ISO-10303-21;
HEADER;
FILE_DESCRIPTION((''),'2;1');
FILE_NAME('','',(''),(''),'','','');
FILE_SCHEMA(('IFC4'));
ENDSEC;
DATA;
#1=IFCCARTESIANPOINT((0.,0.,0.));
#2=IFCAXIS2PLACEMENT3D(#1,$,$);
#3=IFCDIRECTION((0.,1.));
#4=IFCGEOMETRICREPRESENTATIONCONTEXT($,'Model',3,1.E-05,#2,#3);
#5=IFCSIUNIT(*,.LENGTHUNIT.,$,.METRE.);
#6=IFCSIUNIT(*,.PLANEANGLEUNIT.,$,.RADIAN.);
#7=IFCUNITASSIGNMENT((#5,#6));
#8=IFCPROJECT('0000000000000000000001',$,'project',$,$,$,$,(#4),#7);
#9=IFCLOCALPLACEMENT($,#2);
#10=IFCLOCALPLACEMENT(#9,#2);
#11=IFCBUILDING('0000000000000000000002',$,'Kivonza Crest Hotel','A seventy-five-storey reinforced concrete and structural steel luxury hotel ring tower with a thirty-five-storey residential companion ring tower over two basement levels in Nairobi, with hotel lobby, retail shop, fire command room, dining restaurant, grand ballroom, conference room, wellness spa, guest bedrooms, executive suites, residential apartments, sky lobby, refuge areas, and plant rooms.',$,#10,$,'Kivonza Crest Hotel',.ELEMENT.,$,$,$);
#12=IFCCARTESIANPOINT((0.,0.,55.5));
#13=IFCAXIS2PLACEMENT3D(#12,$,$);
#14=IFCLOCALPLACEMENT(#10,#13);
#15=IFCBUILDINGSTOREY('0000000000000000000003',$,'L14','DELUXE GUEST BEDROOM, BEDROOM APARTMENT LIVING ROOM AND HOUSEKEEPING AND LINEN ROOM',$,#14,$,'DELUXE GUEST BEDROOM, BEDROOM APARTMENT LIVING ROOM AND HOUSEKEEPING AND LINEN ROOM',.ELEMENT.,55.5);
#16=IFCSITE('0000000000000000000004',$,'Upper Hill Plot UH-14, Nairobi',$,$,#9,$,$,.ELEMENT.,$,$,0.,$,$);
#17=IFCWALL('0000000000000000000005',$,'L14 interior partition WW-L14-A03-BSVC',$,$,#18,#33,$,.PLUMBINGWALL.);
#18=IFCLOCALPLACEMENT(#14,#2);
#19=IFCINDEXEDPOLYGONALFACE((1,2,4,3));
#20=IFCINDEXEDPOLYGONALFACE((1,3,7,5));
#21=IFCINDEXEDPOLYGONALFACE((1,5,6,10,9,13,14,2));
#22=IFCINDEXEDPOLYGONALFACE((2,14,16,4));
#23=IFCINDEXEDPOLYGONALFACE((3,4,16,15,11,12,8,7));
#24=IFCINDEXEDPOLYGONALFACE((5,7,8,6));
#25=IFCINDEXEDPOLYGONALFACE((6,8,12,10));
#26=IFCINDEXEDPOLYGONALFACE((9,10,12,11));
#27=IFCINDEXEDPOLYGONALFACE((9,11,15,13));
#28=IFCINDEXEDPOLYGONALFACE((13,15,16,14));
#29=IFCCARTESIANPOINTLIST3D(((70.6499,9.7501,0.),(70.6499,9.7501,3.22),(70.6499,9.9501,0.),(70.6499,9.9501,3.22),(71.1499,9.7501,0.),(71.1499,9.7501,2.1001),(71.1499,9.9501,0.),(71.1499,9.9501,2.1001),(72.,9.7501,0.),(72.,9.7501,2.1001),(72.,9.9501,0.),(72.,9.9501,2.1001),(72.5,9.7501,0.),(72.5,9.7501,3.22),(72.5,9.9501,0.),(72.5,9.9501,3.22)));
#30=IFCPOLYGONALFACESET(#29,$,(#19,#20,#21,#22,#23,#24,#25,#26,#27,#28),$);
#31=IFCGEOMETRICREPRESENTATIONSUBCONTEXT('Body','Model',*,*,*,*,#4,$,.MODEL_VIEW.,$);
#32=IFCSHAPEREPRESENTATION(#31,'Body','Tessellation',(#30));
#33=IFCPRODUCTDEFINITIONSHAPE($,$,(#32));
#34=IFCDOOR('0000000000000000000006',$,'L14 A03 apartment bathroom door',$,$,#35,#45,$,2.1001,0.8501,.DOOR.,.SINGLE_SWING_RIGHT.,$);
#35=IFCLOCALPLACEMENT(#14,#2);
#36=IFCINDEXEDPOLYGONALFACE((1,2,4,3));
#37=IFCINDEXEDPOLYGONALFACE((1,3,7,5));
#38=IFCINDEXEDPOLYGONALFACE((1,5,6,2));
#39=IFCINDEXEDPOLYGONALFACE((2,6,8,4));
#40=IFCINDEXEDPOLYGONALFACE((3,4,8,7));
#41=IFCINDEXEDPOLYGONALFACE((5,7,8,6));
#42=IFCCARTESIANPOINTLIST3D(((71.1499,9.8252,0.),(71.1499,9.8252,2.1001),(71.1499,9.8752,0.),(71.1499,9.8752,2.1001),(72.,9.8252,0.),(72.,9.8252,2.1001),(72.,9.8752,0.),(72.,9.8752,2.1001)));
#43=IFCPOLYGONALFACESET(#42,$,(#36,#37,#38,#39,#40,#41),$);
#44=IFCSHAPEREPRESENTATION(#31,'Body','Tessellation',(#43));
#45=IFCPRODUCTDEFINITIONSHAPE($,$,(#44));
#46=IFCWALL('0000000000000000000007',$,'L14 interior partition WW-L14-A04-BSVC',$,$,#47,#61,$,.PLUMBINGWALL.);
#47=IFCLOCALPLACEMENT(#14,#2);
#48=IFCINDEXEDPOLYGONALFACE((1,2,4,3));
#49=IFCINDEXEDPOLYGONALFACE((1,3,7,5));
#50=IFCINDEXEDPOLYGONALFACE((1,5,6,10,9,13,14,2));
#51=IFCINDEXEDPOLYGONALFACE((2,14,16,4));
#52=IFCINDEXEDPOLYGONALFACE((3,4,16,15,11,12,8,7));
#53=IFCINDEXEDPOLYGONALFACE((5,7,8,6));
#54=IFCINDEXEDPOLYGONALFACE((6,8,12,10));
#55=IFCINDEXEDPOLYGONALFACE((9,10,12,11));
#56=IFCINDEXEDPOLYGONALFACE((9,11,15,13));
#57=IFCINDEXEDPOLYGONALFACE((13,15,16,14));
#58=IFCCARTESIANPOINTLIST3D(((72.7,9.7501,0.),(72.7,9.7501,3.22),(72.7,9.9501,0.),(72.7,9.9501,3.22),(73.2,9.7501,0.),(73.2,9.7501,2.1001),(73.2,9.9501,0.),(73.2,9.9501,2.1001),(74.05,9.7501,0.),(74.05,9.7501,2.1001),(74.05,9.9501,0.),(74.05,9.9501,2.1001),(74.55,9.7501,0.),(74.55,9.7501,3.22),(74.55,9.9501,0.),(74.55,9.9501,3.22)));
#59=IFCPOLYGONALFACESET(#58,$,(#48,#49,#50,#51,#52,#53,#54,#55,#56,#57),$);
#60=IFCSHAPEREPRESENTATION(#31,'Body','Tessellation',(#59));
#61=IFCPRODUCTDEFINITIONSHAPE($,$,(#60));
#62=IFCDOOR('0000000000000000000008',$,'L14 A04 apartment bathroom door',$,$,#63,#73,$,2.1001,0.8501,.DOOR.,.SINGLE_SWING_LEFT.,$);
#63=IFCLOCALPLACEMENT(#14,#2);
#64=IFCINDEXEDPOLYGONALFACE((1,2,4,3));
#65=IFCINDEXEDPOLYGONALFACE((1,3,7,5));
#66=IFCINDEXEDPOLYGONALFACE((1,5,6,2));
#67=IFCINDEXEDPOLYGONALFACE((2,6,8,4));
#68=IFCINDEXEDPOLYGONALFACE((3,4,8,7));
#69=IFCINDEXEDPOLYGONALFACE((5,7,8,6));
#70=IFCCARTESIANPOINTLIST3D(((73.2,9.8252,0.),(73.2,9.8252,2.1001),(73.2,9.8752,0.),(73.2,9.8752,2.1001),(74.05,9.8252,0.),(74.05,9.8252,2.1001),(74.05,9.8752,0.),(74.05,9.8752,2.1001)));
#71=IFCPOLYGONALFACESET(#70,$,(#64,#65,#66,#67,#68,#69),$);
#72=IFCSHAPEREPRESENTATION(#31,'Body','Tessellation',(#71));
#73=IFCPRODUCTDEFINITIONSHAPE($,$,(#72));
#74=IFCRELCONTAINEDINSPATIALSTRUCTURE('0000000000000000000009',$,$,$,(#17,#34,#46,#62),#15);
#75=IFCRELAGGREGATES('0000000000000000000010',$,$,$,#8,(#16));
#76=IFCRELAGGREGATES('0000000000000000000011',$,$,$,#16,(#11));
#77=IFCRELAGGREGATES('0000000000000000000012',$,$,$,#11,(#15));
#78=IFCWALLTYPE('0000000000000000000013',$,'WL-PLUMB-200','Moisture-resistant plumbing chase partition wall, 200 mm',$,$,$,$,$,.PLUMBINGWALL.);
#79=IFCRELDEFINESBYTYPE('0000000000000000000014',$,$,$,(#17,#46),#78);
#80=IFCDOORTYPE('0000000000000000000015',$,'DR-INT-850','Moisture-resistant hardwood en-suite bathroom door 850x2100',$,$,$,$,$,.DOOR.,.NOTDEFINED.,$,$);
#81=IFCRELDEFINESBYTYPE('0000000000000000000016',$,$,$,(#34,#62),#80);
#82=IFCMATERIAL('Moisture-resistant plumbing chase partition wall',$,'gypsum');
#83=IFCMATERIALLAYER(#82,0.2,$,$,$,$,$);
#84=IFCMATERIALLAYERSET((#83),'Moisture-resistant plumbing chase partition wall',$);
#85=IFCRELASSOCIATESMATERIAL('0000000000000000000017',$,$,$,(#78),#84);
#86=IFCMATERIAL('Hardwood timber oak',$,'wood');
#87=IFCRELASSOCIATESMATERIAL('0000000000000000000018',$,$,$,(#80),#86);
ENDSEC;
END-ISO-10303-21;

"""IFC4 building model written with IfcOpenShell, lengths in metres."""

from ifc_helpers import new_model, si_unit, direction, frame, frame_2d, origin, place, context, subcontext, project, spatial, rectangle, extrude, material, layer, layer_set, type_object, element, fill, save


model = new_model("IFC4")

# Units and contexts
model_context = context("Model", 3, precision=1e-05, world=origin(), true_north=direction((0.0, 1.0)))
body_context = subcontext(model_context, "Body", "Model", "MODEL_VIEW")
ifc_project = project(units=[si_unit("LENGTHUNIT", "METRE"), si_unit("PLANEANGLEUNIT", "RADIAN")], contexts=[model_context])

# Site, building, storey
site_placement = place(None, origin())
site = spatial("IfcSite", under=ifc_project, at=site_placement, Name="Upper Hill Plot UH-14, Nairobi", CompositionType="ELEMENT", RefElevation=0.0)
building_placement = place(site_placement, origin())
building = spatial("IfcBuilding", under=site, at=building_placement, Name="Kivonza Crest Hotel", Description="A seventy-five-storey reinforced concrete and structural steel luxury hotel ring tower with a thirty-five-storey residential companion ring tower over two basement levels in Nairobi, with hotel lobby, retail shop, fire command room, dining restaurant, grand ballroom, conference room, wellness spa, guest bedrooms, executive suites, residential apartments, sky lobby, refuge areas, and plant rooms.", LongName="Kivonza Crest Hotel", CompositionType="ELEMENT")
storey_placement = place(building_placement, frame((0.0, 0.0, 55.5)))
storey = spatial("IfcBuildingStorey", under=building, at=storey_placement, Name="L14", Description="DELUXE GUEST BEDROOM, BEDROOM APARTMENT LIVING ROOM AND HOUSEKEEPING AND LINEN ROOM", LongName="DELUXE GUEST BEDROOM, BEDROOM APARTMENT LIVING ROOM AND HOUSEKEEPING AND LINEN ROOM", CompositionType="ELEMENT", Elevation=55.5)

# Shared definitions
ifc_material_1 = material(Name="Hardwood timber oak", Category="wood")

# Shared definitions
ifc_material_2 = material(Name="Moisture-resistant plumbing chase partition wall", Category="gypsum")
ifc_layer_1 = layer(ifc_material_2, 0.2)
ifc_layer_set_1 = layer_set([ifc_layer_1], Name="Moisture-resistant plumbing chase partition wall")
wall_type_1 = type_object("IfcWallType", Name="WL-PLUMB-200", Description="Moisture-resistant plumbing chase partition wall, 200 mm", PredefinedType="PLUMBINGWALL", material=ifc_layer_set_1)

# Walls, openings, doors
wall_1_placement = place(storey_placement, frame((70.6499, 9.8501, 0.0), z_axis=(0.0, 0.0, 1.0), x_axis=(1.0, 0.0, 0.0)))
wall_1 = element("IfcWall", 1, at=wall_1_placement, inside=storey, type_object=wall_type_1, Name="L14 interior partition WW-L14-A03-BSVC", PredefinedType="PLUMBINGWALL", context=body_context, shape_type="SweptSolid", body=[
    extrude(rectangle(XDim=1.8501, YDim=0.2, at=frame_2d((0.925, 0.0))), origin(), (0.0, 0.0, 1.0), 3.22),
])
opening_1_placement = place(wall_1_placement, frame((0.5, 0.0, 0.0)))
opening_1 = element("IfcOpeningElement", 2, at=opening_1_placement, cuts=wall_1, PredefinedType="OPENING", context=body_context, shape_type="SweptSolid", body=[
    extrude(rectangle(XDim=0.8501, YDim=2.1001, at=frame_2d((0.425, 1.05))), frame((0.0, 0.1099, 0.0), z_axis=(0.0, -1.0, 0.0), x_axis=(1.0, 0.0, 0.0)), (0.0, 0.0, 1.0), 0.22),
])
door_type_1 = type_object("IfcDoorType", Name="DR-INT-850", Description="Moisture-resistant hardwood en-suite bathroom door 850x2100", OperationType="NOTDEFINED", PredefinedType="DOOR", material=ifc_material_1)
door_1_placement = place(opening_1_placement, frame((0.8501, 0.0, 0.0), z_axis=(0.0, 0.0, 1.0), x_axis=(-1.0, 0.0, 0.0)))
door_1 = element("IfcDoor", 3, at=door_1_placement, inside=storey, type_object=door_type_1, Name="L14 A03 apartment bathroom door", OperationType="SINGLE_SWING_RIGHT", OverallHeight=2.1001, OverallWidth=0.8501, PredefinedType="DOOR", context=body_context, shape_type="SweptSolid", body=[
    extrude(rectangle(XDim=0.8501, YDim=2.1001, at=frame_2d((0.425, 1.05))), frame((0.0, 0.0249, 0.0), z_axis=(0.0, -1.0, 0.0), x_axis=(1.0, 0.0, 0.0)), (0.0, 0.0, 1.0), 0.05),
])
fill(opening_1, door_1)
wall_2_placement = place(storey_placement, frame((72.7, 9.8501, 0.0), z_axis=(0.0, 0.0, 1.0), x_axis=(1.0, 0.0, 0.0)))
wall_2 = element("IfcWall", 4, at=wall_2_placement, inside=storey, type_object=wall_type_1, Name="L14 interior partition WW-L14-A04-BSVC", PredefinedType="PLUMBINGWALL", context=body_context, shape_type="SweptSolid", body=[
    extrude(rectangle(XDim=1.8501, YDim=0.2, at=frame_2d((0.925, 0.0))), origin(), (0.0, 0.0, 1.0), 3.22),
])
opening_2_placement = place(wall_2_placement, frame((0.5, 0.0, 0.0)))
opening_2 = element("IfcOpeningElement", 5, at=opening_2_placement, cuts=wall_2, PredefinedType="OPENING", context=body_context, shape_type="SweptSolid", body=[
    extrude(rectangle(XDim=0.8501, YDim=2.1001, at=frame_2d((0.425, 1.05))), frame((0.0, 0.1099, 0.0), z_axis=(0.0, -1.0, 0.0), x_axis=(1.0, 0.0, 0.0)), (0.0, 0.0, 1.0), 0.22),
])
door_2_placement = place(opening_2_placement, frame((0.8501, 0.0, 0.0), z_axis=(0.0, 0.0, 1.0), x_axis=(-1.0, 0.0, 0.0)))
door_2 = element("IfcDoor", 6, at=door_2_placement, inside=storey, type_object=door_type_1, Name="L14 A04 apartment bathroom door", OperationType="SINGLE_SWING_LEFT", OverallHeight=2.1001, OverallWidth=0.8501, PredefinedType="DOOR", context=body_context, shape_type="SweptSolid", body=[
    extrude(rectangle(XDim=0.8501, YDim=2.1001, at=frame_2d((0.425, 1.05))), frame((0.0, 0.0249, 0.0), z_axis=(0.0, -1.0, 0.0), x_axis=(1.0, 0.0, 0.0)), (0.0, 0.0, 1.0), 0.05),
])
fill(opening_2, door_2)

save(model, "model.ifc")
